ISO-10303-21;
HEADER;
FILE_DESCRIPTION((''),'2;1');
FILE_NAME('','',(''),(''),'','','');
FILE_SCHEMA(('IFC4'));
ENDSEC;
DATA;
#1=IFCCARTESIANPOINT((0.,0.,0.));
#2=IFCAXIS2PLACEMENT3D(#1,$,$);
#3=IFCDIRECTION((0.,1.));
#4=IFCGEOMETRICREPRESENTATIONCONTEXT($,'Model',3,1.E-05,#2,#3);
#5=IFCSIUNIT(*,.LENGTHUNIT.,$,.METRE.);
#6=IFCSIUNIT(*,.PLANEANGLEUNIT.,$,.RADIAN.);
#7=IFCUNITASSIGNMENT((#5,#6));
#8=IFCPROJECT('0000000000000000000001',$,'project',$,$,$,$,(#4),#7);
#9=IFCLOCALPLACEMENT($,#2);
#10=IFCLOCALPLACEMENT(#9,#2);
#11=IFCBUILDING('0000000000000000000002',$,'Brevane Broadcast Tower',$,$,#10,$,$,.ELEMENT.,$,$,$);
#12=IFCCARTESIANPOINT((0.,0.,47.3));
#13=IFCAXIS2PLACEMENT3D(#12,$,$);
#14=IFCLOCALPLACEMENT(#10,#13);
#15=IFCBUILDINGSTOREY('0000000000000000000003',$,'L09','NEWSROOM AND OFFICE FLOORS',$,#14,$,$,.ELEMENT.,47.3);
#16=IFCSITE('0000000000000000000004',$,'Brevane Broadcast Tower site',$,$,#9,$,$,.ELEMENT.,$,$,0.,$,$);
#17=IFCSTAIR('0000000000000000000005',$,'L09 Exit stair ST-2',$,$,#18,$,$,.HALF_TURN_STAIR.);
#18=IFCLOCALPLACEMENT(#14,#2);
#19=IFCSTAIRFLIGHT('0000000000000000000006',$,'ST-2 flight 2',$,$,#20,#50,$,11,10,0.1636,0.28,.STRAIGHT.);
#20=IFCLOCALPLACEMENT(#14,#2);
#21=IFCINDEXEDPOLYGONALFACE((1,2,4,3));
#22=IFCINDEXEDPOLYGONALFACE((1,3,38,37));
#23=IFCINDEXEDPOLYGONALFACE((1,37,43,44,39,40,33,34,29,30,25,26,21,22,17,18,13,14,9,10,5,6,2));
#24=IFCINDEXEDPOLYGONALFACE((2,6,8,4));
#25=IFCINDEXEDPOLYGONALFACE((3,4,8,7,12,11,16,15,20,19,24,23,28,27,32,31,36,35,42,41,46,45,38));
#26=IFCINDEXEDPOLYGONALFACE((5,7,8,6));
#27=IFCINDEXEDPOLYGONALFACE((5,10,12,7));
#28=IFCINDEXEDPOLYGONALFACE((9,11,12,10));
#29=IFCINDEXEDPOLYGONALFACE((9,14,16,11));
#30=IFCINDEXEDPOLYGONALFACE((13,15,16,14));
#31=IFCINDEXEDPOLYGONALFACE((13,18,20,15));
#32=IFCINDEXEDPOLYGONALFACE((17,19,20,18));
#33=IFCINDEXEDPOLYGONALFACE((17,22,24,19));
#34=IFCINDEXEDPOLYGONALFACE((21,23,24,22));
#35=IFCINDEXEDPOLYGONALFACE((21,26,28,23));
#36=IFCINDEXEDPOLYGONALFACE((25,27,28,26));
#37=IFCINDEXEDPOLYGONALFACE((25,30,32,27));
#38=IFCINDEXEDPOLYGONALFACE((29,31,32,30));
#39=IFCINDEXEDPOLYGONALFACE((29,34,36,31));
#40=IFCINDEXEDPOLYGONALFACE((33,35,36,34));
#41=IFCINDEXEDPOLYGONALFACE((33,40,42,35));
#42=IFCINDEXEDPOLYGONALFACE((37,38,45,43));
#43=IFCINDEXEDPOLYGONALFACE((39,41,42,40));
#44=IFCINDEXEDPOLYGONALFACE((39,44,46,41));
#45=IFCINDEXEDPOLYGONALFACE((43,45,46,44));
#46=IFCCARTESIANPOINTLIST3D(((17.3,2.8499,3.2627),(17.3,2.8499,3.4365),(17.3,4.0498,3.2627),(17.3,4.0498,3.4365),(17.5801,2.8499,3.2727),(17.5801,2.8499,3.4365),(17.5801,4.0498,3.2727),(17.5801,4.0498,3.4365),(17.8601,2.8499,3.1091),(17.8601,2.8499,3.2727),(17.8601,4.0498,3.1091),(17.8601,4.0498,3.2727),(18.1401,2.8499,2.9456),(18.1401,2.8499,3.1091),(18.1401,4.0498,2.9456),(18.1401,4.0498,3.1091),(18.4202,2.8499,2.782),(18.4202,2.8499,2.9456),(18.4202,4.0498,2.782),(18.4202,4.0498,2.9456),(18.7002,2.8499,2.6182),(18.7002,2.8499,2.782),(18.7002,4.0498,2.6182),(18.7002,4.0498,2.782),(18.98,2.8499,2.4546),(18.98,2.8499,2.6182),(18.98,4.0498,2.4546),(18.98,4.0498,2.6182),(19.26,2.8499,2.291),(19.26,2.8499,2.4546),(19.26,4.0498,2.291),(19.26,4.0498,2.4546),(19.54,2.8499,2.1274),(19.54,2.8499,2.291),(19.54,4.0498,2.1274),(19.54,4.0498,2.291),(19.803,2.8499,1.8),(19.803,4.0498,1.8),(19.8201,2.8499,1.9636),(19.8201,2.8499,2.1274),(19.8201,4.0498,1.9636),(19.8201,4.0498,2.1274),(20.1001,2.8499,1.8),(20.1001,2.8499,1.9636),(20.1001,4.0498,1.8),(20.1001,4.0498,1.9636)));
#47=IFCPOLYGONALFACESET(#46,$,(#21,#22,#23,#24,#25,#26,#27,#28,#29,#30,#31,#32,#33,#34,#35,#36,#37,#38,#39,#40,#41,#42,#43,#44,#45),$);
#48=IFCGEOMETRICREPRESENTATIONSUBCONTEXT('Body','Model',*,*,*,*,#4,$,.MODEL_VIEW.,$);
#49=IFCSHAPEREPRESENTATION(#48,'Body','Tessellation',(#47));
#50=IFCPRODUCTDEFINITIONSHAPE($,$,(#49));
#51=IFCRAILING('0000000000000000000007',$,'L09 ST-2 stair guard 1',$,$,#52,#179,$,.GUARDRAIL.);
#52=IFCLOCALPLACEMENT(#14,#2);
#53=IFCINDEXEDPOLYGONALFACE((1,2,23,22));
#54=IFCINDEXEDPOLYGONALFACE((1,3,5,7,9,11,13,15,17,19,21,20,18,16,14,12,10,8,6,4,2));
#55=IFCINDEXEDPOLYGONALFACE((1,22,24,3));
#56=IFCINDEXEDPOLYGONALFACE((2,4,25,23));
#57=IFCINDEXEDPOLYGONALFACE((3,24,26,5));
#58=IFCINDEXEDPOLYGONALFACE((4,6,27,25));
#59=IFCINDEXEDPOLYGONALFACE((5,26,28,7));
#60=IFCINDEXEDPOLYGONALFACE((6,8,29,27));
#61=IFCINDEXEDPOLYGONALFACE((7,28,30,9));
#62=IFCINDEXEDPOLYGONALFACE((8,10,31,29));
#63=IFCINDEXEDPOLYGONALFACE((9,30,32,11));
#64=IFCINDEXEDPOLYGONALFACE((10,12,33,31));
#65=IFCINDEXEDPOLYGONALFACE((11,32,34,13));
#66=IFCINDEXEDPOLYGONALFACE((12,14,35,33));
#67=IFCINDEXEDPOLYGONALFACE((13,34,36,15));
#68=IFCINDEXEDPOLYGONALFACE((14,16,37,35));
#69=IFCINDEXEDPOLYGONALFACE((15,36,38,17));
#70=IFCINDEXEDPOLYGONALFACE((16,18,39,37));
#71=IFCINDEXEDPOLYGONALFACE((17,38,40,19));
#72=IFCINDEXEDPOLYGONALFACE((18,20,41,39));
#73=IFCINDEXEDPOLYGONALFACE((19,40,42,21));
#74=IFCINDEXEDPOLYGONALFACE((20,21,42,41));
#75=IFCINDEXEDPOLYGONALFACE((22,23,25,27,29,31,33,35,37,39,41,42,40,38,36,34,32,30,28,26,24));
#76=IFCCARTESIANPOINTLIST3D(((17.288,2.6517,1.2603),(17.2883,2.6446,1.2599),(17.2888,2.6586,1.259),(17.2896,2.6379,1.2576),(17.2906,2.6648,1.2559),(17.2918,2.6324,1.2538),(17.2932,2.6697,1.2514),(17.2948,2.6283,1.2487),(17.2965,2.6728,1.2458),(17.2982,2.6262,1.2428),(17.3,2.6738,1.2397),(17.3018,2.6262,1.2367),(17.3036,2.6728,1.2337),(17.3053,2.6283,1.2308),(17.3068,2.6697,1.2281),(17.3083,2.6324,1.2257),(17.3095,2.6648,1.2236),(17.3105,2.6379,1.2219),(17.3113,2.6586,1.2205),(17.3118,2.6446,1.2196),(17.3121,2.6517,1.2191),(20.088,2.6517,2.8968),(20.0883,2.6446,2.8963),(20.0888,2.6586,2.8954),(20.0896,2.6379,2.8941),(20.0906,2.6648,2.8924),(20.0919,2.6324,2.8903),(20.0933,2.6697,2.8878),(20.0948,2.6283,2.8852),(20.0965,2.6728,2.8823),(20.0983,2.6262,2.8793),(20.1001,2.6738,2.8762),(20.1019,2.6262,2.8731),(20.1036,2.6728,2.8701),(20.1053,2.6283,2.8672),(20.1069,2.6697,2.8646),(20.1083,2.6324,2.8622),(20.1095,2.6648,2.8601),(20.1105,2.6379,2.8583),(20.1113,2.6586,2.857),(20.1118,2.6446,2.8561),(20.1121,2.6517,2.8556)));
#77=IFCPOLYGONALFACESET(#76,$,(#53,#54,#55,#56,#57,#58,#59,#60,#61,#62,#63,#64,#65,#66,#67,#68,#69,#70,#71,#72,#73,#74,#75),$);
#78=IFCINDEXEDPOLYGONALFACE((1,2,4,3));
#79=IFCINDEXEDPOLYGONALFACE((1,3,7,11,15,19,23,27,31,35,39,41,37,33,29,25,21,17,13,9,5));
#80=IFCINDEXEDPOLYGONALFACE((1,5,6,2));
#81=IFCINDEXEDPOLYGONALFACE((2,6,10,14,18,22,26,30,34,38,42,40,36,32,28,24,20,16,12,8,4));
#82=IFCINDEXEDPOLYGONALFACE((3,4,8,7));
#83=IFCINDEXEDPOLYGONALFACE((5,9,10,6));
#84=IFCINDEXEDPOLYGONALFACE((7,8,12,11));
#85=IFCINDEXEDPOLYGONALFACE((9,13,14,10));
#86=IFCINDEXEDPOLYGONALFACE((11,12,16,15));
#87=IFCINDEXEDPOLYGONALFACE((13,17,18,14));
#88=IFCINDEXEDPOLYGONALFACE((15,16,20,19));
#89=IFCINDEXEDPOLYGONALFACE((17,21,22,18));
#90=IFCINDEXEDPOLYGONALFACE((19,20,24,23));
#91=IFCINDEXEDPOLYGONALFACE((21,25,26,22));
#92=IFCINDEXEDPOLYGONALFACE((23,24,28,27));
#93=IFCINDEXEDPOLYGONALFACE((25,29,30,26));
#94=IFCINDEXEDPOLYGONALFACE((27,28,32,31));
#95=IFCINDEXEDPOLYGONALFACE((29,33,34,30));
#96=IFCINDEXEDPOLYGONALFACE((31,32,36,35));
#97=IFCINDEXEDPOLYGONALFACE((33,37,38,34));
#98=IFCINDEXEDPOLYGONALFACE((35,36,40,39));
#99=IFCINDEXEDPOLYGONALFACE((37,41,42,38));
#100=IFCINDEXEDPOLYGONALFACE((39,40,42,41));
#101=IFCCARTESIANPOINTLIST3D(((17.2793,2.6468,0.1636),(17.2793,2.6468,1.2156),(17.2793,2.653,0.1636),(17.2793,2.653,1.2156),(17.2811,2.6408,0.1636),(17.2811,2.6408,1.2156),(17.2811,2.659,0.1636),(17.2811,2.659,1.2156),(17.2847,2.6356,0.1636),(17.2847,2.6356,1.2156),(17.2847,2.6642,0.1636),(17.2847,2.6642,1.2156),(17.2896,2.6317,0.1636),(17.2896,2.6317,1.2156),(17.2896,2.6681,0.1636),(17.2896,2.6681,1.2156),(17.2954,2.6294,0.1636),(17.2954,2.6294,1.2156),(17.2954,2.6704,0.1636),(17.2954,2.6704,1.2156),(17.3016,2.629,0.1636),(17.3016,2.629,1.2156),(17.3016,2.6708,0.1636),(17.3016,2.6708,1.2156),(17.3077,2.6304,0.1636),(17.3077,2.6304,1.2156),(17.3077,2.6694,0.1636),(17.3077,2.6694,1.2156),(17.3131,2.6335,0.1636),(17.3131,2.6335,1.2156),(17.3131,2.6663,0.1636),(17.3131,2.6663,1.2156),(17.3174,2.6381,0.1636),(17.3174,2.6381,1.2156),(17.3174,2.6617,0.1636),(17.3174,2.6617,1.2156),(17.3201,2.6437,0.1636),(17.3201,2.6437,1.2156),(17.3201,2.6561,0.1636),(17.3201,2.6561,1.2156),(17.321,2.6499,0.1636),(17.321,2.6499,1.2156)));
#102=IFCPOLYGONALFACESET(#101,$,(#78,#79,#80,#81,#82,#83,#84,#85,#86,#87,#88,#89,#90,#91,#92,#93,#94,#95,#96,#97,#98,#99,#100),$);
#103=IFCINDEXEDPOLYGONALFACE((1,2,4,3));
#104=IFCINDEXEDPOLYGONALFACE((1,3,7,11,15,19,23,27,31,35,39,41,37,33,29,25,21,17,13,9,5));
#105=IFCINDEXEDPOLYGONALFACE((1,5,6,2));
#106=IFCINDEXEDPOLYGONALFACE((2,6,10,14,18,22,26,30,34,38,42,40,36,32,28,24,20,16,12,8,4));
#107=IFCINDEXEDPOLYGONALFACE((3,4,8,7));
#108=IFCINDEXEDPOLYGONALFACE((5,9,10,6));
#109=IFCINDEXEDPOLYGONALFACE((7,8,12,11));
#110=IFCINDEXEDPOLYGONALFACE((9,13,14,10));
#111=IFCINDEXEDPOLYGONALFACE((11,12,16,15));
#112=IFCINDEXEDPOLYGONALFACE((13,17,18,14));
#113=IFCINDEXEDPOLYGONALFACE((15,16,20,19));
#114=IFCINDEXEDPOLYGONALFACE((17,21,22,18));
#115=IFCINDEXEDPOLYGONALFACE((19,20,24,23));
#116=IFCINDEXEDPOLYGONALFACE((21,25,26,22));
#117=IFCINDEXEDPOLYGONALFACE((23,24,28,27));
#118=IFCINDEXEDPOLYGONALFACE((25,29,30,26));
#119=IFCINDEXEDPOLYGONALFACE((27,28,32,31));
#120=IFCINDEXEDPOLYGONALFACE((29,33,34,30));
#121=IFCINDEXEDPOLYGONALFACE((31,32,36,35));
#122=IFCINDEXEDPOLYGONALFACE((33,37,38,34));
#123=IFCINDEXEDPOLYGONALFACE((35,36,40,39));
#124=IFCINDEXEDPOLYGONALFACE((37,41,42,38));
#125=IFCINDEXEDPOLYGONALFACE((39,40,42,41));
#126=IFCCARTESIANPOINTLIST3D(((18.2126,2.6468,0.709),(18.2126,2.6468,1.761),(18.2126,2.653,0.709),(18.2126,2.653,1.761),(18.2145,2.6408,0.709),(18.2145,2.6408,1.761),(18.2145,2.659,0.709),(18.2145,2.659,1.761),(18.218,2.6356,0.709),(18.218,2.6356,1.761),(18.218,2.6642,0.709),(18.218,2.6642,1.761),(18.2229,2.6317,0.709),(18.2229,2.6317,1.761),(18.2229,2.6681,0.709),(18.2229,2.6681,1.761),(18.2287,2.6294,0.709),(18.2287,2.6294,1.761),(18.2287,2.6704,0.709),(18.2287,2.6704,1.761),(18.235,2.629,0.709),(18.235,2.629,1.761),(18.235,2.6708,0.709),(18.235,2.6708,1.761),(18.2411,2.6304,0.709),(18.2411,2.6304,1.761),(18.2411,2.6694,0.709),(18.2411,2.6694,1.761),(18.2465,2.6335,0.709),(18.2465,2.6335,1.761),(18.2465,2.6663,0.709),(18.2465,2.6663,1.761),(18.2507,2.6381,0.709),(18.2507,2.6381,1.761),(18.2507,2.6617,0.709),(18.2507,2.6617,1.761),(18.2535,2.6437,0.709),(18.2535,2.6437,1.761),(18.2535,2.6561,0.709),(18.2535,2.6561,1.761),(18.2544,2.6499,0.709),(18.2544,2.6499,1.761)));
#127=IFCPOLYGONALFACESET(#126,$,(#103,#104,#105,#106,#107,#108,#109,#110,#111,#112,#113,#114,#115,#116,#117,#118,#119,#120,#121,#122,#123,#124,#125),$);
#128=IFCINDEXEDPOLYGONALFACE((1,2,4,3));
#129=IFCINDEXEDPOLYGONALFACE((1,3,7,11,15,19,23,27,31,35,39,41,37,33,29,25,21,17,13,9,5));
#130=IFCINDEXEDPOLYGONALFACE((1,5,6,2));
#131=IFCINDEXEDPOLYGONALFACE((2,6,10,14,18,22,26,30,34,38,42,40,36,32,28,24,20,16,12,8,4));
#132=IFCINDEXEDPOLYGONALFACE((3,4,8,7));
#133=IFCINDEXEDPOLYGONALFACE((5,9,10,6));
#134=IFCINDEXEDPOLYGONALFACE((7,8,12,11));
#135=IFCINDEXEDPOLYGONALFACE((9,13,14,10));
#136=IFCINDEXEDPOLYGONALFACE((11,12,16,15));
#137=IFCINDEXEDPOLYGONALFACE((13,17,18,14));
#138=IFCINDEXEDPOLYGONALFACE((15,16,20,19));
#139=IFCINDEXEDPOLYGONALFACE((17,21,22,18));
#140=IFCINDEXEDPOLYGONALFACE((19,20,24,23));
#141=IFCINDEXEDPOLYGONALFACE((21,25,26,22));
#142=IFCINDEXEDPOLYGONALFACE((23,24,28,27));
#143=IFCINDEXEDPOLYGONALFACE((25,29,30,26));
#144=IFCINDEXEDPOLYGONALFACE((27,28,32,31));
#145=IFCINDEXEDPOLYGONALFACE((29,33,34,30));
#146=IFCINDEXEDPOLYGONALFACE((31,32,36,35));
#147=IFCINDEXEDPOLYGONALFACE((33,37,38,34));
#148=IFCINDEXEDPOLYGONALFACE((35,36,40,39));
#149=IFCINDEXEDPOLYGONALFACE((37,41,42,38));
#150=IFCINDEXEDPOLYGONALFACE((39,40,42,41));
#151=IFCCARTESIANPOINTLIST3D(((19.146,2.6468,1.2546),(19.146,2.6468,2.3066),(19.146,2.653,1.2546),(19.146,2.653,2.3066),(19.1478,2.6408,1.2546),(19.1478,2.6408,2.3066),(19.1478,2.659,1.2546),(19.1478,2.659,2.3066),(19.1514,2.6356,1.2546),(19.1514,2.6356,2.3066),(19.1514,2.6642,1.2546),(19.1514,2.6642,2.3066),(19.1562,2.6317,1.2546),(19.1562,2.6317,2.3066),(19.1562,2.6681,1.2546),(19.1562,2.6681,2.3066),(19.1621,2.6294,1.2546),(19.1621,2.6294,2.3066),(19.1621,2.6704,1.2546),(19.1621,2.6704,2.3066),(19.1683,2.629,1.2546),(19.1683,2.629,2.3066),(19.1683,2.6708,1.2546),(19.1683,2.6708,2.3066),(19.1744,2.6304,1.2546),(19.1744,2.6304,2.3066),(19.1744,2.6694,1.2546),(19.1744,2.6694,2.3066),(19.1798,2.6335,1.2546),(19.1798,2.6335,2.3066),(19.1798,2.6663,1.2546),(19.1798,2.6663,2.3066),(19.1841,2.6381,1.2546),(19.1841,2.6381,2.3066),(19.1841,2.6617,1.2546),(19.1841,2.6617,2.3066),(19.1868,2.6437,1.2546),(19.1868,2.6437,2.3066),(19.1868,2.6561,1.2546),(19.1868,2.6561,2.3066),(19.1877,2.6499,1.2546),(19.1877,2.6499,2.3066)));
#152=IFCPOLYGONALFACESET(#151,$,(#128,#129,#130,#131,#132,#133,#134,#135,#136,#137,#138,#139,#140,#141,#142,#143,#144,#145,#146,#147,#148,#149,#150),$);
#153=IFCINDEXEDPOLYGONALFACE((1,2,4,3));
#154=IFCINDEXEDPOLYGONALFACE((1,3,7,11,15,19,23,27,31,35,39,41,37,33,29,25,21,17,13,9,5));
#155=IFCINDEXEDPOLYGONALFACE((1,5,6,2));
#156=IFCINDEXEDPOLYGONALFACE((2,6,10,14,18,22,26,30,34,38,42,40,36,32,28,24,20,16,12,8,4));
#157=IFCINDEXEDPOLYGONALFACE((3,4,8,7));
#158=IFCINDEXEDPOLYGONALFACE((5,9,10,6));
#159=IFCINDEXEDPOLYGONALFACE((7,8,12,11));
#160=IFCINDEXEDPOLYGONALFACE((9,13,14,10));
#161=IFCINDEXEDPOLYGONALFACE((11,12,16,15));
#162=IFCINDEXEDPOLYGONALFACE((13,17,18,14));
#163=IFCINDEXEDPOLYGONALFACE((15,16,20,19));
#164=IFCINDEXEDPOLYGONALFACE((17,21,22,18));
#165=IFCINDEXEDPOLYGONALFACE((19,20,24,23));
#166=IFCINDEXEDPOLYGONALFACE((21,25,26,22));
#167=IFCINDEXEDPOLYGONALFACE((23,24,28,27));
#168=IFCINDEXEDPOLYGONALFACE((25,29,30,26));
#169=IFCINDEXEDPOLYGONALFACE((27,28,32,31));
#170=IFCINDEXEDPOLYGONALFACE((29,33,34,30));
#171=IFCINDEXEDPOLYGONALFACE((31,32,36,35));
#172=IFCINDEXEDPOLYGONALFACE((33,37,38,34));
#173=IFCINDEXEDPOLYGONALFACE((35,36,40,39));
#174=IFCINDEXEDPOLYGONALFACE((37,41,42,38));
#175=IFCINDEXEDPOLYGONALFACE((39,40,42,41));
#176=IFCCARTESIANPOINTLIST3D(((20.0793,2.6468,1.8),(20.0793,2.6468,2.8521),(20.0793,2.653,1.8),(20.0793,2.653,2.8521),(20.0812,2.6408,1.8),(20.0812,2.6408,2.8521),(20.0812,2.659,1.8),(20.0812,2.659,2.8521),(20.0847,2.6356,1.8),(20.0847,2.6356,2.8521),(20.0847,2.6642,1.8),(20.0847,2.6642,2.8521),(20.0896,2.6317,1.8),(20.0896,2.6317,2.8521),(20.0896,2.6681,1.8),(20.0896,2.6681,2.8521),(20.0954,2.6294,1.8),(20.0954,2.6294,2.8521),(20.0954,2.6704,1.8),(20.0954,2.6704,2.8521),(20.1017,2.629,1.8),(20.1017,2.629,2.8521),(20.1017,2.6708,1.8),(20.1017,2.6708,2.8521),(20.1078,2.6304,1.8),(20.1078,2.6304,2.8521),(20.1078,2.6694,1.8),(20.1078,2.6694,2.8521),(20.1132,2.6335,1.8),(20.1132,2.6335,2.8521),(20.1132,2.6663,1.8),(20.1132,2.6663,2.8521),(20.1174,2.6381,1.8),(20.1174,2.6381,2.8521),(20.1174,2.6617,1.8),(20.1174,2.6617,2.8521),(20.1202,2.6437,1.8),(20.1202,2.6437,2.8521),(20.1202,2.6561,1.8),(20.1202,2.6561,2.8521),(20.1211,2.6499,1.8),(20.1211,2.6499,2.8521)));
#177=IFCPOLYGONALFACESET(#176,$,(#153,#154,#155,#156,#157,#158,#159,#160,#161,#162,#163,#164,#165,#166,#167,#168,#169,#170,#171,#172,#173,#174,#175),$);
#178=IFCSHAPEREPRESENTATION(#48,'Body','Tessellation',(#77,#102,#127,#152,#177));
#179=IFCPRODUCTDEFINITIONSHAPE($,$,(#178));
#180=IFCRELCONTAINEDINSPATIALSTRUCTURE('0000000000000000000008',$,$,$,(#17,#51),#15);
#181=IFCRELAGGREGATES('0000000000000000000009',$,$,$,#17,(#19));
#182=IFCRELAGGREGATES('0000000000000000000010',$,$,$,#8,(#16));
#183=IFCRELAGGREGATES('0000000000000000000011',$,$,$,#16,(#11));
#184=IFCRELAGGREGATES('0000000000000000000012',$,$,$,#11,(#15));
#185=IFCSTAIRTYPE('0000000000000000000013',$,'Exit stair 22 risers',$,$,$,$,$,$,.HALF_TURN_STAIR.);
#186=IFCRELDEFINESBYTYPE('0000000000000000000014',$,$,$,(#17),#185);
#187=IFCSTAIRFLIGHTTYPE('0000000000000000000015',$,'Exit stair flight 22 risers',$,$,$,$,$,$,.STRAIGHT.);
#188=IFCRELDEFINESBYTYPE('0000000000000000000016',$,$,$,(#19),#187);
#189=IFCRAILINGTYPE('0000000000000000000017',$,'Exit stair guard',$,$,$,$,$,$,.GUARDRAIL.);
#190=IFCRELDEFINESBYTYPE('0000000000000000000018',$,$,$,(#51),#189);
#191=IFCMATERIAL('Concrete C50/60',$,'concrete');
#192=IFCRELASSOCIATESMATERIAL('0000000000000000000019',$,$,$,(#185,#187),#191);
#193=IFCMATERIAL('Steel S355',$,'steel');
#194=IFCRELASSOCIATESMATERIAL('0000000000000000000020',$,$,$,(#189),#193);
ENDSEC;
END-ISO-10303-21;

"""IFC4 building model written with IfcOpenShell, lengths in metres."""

from ifc_helpers import new_model, si_unit, direction, frame, origin, origin_2d, place, context, subcontext, project, spatial, polyline, circle, outline, extrude, material, type_object, element, aggregate, save


model = new_model("IFC4")

# Units and contexts
model_context = context("Model", 3, precision=1e-05, world=origin(), true_north=direction((0.0, 1.0)))
body_context = subcontext(model_context, "Body", "Model", "MODEL_VIEW")
ifc_project = project(units=[si_unit("LENGTHUNIT", "METRE"), si_unit("PLANEANGLEUNIT", "RADIAN")], contexts=[model_context])

# Site, building, storey
site_placement = place(None, origin())
site = spatial("IfcSite", under=ifc_project, at=site_placement, Name="Brevane Broadcast Tower site", CompositionType="ELEMENT", RefElevation=0.0)
building_placement = place(site_placement, origin())
building = spatial("IfcBuilding", under=site, at=building_placement, Name="Brevane Broadcast Tower", CompositionType="ELEMENT")
storey_placement = place(building_placement, frame((0.0, 0.0, 47.3)))
storey = spatial("IfcBuildingStorey", under=building, at=storey_placement, Name="L09", Description="NEWSROOM AND OFFICE FLOORS", CompositionType="ELEMENT", Elevation=47.3)

# Stair, stair flight
ifc_material_1 = material(Name="Concrete C50/60", Category="concrete")
stair_type = type_object("IfcStairType", Name="Exit stair 22 risers", PredefinedType="HALF_TURN_STAIR", material=ifc_material_1)
stair_placement = place(storey_placement, origin())
stair = element("IfcStair", 1, at=stair_placement, inside=storey, type_object=stair_type, Name="L09 Exit stair ST-2", PredefinedType="HALF_TURN_STAIR")
stair_flight_type = type_object("IfcStairFlightType", Name="Exit stair flight 22 risers", PredefinedType="STRAIGHT", material=ifc_material_1)
stair_flight_1_placement = place(storey_placement, frame((20.1001, 3.45, 1.8), z_axis=(0.0, 0.0, 1.0), x_axis=(-1.0, 0.0, 0.0)))
stair_flight_1 = element("IfcStairFlight", 2, at=stair_flight_1_placement, type_object=stair_flight_type, Name="ST-2 flight 2", NumberOfRisers=11, NumberOfTreads=10, PredefinedType="STRAIGHT", RiserHeight=0.1636, TreadLength=0.28, context=body_context, shape_type="SweptSolid", body=[
    extrude(outline(polyline([(0.0, 0.0), (0.0, 0.1636), (0.28, 0.1636), (0.28, 0.3274), (0.5601, 0.3274), (0.5601, 0.491), (0.8401, 0.491), (0.8401, 0.6545), (1.1201, 0.6545), (1.1201, 0.8181), (1.3999, 0.8181), (1.3999, 0.9819), (1.6799, 0.9819), (1.6799, 1.1455), (1.96, 1.1455), (1.96, 1.3091), (2.24, 1.3091), (2.24, 1.4727), (2.52, 1.4727), (2.52, 1.6365), (2.8, 1.6365), (2.8, 1.8), (2.8, 1.4626), (0.2971, 0.0), (0.0, 0.0)])), frame((0.0, 0.6001, 0.0), z_axis=(0.0, -1.0, 0.0), x_axis=(1.0, 0.0, 0.0)), (0.0, 0.0, 1.0), 1.2),
])
aggregate(stair, [stair_flight_1])

# Railing
ifc_material_2 = material(Name="Steel S355", Category="steel")
railing_type_1 = type_object("IfcRailingType", Name="Exit stair guard", PredefinedType="GUARDRAIL", material=ifc_material_2)
railing_1_placement = place(storey_placement, frame((17.3, 2.6499, 0.1636)))
element("IfcRailing", 3, at=railing_1_placement, inside=storey, type_object=railing_type_1, Name="L09 ST-2 stair guard 1", PredefinedType="GUARDRAIL", context=body_context, shape_type="SweptSolid", body=[
    extrude(circle(Radius=0.0239, at=origin_2d()), frame((0.0, 0.0, 1.0762), z_axis=(0.863361, 0.0, 0.504587), x_axis=(0.0, 1.0, 0.0)), (0.0, 0.0, 1.0), 3.2432),
    extrude(circle(Radius=0.021, at=origin_2d()), origin(), (0.0, 0.0, 1.0), 1.052),
    extrude(circle(Radius=0.021, at=origin_2d()), frame((0.9333, 0.0, 0.5454)), (0.0, 0.0, 1.0), 1.052),
    extrude(circle(Radius=0.021, at=origin_2d()), frame((1.8667, 0.0, 1.0911)), (0.0, 0.0, 1.0), 1.052),
    extrude(circle(Radius=0.021, at=origin_2d()), frame((2.8, 0.0, 1.6365)), (0.0, 0.0, 1.0), 1.052),
])

save(model, "model.ifc")
